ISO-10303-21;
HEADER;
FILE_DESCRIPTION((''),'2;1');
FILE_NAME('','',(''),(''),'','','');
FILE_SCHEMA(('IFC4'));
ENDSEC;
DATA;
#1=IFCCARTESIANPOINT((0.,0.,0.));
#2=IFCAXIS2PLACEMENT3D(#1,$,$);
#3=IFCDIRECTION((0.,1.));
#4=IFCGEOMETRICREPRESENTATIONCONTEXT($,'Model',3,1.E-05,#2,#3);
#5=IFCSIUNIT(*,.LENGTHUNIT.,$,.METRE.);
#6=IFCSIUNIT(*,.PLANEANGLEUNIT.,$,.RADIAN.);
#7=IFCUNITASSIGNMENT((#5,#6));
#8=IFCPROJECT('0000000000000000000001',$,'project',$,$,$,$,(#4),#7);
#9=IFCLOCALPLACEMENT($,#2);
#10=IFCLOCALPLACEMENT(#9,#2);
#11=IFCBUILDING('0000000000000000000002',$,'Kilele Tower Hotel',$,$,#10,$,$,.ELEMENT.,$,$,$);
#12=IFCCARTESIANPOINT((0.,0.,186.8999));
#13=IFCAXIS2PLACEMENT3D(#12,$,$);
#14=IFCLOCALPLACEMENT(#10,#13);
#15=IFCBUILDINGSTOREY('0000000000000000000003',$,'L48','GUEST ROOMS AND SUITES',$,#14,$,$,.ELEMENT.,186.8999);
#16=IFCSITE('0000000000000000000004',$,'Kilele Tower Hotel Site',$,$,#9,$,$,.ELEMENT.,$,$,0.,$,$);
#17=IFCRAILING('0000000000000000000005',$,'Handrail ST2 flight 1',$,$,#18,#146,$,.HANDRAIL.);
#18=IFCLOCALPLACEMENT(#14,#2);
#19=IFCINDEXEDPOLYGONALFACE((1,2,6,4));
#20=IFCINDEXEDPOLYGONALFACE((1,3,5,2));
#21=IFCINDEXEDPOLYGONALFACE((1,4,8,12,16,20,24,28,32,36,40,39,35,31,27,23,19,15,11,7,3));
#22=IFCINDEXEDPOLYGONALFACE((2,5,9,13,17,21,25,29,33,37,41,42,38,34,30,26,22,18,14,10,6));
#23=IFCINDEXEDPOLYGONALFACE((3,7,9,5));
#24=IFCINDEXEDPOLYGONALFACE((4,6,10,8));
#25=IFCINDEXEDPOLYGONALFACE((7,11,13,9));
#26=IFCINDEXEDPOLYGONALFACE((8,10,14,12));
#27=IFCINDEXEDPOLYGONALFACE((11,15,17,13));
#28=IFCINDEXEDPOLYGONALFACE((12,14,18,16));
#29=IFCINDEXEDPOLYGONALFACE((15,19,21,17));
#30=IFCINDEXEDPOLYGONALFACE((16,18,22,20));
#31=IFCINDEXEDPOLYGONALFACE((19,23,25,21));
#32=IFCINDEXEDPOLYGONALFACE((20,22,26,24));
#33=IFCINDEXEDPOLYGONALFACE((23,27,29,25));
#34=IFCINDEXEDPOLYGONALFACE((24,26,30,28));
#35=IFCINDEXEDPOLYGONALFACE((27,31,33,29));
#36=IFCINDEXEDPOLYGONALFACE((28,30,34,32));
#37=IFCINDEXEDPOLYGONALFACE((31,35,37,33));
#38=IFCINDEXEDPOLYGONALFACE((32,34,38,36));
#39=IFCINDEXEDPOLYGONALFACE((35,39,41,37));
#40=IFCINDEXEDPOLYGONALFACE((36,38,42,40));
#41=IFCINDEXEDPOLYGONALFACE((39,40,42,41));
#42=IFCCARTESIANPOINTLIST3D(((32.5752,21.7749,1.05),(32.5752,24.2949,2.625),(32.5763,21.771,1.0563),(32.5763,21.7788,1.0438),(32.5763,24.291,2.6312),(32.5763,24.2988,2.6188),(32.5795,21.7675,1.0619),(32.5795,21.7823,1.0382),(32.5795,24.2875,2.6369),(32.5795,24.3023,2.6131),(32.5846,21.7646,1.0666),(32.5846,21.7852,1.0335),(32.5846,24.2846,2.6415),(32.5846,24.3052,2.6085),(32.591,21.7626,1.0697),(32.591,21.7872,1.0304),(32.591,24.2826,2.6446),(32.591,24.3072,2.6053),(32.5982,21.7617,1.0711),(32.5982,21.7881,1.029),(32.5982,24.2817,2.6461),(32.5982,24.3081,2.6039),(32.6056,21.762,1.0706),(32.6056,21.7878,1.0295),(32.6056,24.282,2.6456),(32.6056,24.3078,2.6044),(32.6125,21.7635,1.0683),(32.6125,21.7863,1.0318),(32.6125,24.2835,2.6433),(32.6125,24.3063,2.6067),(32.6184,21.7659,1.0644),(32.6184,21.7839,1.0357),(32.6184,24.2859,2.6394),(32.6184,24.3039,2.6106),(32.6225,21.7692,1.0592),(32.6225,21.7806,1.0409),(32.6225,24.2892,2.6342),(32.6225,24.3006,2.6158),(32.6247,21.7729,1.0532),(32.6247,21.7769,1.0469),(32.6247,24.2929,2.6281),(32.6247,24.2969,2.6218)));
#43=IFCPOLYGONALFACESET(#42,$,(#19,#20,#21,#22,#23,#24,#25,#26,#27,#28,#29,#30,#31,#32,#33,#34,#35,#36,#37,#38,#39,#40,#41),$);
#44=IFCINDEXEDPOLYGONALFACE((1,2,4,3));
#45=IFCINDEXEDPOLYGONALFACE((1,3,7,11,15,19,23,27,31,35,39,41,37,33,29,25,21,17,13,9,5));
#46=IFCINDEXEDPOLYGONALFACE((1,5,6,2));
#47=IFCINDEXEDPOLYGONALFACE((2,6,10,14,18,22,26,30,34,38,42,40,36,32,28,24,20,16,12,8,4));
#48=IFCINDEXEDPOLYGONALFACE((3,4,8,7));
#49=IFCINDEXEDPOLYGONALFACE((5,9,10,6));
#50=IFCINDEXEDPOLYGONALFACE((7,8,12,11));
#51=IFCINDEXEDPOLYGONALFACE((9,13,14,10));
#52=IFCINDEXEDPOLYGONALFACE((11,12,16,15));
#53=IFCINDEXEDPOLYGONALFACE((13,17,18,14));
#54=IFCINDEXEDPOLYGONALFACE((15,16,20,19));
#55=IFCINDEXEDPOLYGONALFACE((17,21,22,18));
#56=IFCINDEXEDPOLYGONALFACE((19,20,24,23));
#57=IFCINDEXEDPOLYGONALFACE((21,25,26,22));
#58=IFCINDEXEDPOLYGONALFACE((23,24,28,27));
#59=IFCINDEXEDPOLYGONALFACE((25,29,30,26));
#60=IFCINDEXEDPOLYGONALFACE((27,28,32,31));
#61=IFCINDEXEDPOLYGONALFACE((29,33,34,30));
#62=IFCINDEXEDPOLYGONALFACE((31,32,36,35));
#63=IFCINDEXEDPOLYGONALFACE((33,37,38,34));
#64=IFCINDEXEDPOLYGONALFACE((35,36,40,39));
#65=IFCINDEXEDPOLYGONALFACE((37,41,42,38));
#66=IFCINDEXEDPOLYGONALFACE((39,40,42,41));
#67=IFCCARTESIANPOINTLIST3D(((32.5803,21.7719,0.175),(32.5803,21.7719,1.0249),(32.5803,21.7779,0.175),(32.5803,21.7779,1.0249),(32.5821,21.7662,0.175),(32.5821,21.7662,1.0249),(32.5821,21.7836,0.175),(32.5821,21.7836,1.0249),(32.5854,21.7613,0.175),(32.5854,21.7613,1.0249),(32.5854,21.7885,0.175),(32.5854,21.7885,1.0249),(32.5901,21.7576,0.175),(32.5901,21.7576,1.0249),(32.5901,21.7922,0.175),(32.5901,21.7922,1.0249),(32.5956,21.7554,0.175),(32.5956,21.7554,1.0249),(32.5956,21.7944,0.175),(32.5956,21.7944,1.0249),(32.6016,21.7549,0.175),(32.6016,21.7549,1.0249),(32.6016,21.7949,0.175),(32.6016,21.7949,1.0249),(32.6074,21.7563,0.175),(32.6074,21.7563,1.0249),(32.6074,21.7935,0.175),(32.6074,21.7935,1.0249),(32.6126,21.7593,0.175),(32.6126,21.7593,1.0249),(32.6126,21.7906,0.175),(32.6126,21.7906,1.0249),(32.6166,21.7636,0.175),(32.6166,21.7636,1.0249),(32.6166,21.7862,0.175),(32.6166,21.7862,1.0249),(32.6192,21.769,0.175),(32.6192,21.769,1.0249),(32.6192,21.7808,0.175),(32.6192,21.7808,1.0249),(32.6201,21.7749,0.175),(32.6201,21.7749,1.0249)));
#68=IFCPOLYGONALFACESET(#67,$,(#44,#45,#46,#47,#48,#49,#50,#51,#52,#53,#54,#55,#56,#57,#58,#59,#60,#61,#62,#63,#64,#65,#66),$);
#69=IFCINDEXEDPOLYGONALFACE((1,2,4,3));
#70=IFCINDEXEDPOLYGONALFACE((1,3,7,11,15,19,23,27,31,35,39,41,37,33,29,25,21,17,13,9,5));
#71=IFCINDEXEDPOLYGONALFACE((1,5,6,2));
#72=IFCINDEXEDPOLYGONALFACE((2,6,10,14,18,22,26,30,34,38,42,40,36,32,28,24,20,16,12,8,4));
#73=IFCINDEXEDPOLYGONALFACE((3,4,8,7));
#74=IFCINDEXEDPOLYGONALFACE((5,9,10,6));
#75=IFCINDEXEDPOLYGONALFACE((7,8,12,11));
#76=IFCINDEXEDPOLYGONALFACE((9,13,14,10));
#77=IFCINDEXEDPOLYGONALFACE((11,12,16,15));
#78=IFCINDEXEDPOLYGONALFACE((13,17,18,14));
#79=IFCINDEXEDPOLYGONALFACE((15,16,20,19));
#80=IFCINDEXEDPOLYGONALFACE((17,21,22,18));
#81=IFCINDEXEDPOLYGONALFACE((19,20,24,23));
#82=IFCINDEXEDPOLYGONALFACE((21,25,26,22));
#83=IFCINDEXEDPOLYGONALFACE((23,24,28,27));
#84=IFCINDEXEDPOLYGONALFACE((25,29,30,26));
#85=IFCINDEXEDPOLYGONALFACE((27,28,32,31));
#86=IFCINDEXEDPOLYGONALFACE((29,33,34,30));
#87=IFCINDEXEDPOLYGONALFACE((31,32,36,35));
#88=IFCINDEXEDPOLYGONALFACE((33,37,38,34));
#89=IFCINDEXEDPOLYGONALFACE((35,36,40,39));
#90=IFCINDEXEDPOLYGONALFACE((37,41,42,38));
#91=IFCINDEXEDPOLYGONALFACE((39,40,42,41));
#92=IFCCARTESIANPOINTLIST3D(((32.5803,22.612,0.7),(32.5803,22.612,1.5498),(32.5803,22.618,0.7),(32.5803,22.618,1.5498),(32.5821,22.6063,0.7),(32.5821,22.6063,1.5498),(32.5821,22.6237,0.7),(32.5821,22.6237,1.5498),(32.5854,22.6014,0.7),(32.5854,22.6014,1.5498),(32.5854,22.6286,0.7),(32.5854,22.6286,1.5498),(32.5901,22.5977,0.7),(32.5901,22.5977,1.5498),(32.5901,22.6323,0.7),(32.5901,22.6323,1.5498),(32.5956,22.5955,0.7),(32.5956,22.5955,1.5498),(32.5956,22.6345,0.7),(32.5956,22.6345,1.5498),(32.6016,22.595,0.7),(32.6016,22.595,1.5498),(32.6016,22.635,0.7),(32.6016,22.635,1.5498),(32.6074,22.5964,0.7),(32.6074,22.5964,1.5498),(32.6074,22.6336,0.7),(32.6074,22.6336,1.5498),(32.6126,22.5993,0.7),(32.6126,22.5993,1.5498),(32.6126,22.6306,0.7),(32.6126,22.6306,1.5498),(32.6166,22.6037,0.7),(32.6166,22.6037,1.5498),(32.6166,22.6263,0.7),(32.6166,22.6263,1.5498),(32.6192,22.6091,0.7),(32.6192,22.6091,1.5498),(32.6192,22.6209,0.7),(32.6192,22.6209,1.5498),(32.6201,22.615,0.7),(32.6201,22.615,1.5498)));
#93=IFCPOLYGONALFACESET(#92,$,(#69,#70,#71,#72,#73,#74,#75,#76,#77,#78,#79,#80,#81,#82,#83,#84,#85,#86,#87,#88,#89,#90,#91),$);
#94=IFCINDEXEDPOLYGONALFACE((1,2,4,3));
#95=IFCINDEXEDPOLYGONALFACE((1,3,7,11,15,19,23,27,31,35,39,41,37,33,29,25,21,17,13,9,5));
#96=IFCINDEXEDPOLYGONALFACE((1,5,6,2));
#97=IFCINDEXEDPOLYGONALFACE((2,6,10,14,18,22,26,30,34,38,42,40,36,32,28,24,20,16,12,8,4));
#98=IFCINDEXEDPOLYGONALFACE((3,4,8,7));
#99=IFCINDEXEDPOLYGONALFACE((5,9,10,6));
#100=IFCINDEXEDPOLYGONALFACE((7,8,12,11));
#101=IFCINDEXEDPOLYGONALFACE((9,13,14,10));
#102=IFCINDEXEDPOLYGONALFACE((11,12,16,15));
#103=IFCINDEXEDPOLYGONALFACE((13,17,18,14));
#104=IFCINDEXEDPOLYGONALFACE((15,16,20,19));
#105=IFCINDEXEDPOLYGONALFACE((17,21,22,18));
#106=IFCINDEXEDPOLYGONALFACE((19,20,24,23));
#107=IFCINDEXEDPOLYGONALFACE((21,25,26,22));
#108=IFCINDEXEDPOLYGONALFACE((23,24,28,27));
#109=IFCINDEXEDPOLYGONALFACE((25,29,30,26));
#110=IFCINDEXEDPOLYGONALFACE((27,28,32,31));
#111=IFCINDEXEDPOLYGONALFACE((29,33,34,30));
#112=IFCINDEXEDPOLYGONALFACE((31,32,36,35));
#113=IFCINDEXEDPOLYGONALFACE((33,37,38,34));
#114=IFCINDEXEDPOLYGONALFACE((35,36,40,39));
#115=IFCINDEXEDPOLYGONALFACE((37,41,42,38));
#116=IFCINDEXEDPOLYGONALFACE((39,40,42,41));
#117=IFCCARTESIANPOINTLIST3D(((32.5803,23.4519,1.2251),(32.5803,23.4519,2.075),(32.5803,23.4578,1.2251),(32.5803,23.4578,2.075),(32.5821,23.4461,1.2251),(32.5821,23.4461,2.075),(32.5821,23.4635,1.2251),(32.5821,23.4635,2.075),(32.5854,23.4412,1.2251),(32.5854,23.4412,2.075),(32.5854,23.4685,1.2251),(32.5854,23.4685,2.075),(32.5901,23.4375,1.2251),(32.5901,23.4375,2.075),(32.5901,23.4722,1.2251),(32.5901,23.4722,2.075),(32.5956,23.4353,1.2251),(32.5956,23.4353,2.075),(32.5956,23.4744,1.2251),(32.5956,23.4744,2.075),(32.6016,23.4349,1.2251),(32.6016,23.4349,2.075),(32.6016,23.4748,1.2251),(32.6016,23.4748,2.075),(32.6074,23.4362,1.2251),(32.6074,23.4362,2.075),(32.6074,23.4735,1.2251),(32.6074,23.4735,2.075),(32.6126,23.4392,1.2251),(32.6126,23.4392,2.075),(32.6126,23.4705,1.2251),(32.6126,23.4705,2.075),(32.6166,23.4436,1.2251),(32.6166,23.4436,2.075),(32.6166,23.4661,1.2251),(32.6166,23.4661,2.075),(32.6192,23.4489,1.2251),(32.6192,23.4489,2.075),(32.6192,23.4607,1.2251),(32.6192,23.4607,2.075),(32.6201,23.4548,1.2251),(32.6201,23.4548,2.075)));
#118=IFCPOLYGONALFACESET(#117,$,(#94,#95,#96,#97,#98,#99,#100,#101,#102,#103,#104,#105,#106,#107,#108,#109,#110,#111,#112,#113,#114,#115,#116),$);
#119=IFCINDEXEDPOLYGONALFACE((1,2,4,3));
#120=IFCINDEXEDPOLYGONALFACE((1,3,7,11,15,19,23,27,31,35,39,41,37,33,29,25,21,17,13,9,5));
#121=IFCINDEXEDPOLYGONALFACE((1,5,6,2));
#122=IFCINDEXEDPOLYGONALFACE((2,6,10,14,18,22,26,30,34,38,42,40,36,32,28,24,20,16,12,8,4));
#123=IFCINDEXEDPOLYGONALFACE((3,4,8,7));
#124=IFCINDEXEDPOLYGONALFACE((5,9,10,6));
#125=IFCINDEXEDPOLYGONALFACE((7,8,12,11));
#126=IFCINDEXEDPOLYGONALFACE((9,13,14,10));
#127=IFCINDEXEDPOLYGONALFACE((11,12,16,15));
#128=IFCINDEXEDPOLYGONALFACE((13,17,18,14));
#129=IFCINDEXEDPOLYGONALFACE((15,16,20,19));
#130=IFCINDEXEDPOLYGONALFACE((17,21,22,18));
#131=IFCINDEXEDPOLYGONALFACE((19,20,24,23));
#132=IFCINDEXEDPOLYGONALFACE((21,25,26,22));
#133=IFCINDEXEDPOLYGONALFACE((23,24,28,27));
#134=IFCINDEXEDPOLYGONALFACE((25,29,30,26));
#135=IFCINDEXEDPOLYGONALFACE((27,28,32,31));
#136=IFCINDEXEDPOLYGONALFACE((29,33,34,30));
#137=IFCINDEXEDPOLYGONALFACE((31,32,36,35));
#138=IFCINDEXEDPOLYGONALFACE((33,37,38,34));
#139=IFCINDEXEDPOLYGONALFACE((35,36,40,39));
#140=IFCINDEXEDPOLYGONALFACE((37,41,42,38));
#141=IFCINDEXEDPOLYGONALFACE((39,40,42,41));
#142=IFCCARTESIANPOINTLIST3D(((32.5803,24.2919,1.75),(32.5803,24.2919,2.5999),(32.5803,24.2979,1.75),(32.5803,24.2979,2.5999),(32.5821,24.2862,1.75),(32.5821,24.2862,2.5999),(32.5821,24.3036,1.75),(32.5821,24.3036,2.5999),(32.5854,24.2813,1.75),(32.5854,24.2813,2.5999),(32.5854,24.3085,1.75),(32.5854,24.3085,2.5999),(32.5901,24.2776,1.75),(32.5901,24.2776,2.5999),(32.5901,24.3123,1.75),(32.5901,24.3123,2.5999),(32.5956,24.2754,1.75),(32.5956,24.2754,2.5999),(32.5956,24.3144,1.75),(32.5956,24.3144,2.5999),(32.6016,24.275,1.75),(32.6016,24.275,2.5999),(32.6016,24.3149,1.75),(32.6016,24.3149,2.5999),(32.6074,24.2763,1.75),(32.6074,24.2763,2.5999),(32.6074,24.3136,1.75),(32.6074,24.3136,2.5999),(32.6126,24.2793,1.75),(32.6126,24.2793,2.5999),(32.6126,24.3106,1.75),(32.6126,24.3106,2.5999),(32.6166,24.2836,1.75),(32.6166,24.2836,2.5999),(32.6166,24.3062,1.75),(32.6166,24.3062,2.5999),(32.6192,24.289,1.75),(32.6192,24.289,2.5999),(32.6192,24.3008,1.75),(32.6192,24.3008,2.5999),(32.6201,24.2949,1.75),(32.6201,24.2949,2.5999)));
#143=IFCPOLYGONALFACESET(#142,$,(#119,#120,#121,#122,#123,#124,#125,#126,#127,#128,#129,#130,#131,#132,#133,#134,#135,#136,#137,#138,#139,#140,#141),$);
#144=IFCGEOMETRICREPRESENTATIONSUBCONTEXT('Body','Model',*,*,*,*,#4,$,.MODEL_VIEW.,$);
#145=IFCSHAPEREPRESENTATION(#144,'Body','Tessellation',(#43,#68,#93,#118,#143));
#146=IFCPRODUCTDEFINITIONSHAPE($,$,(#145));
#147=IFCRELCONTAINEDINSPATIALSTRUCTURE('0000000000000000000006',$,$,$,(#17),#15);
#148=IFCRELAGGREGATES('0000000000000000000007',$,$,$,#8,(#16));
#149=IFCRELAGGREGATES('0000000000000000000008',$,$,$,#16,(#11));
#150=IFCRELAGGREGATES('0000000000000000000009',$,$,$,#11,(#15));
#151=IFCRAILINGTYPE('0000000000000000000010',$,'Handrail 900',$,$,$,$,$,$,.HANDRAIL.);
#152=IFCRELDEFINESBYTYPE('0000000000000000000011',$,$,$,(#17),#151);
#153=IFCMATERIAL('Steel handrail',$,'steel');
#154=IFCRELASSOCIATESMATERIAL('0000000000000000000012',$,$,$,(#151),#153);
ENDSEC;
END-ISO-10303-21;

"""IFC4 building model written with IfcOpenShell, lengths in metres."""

from ifc_helpers import new_model, si_unit, direction, frame, origin, origin_2d, place, context, subcontext, project, spatial, circle, extrude, material, type_object, element, save


model = new_model("IFC4")

# Units and contexts
model_context = context("Model", 3, precision=1e-05, world=origin(), true_north=direction((0.0, 1.0)))
body_context = subcontext(model_context, "Body", "Model", "MODEL_VIEW")
ifc_project = project(units=[si_unit("LENGTHUNIT", "METRE"), si_unit("PLANEANGLEUNIT", "RADIAN")], contexts=[model_context])

# Site, building, storey
site_placement = place(None, origin())
site = spatial("IfcSite", under=ifc_project, at=site_placement, Name="Kilele Tower Hotel Site", CompositionType="ELEMENT", RefElevation=0.0)
building_placement = place(site_placement, origin())
building = spatial("IfcBuilding", under=site, at=building_placement, Name="Kilele Tower Hotel", CompositionType="ELEMENT")
storey_placement = place(building_placement, frame((0.0, 0.0, 186.8999)))
storey = spatial("IfcBuildingStorey", under=building, at=storey_placement, Name="L48", Description="GUEST ROOMS AND SUITES", CompositionType="ELEMENT", Elevation=186.8999)

# Railing
ifc_material_1 = material(Name="Steel handrail", Category="steel")
railing_type_1 = type_object("IfcRailingType", Name="Handrail 900", PredefinedType="HANDRAIL", material=ifc_material_1)
for number, where, name in (
    (1, (32.6001, 21.7749, 0.175), "Handrail ST2 flight 1"),
):
    element("IfcRailing", number, at=place(storey_placement, frame(where)), inside=storey, type_object=railing_type_1, Name=name, PredefinedType="HANDRAIL", context=body_context, shape_type="SweptSolid", body=[
        extrude(circle(Radius=0.0249, at=origin_2d()), frame((0.0, 0.0, 0.875), z_axis=(0.0, 0.848008, 0.529984), x_axis=(-1.0, 0.0, 0.0)), (0.0, 0.0, 1.0), 2.9717),
        extrude(circle(Radius=0.02, at=origin_2d()), origin(), (0.0, 0.0, 1.0), 0.8499),
        extrude(circle(Radius=0.02, at=origin_2d()), frame((0.0, 0.8401, 0.5249)), (0.0, 0.0, 1.0), 0.8499),
        extrude(circle(Radius=0.02, at=origin_2d()), frame((0.0, 1.6799, 1.05)), (0.0, 0.0, 1.0), 0.8499),
        extrude(circle(Radius=0.02, at=origin_2d()), frame((0.0, 2.52, 1.575)), (0.0, 0.0, 1.0), 0.8499),
    ])

save(model, "model.ifc")
